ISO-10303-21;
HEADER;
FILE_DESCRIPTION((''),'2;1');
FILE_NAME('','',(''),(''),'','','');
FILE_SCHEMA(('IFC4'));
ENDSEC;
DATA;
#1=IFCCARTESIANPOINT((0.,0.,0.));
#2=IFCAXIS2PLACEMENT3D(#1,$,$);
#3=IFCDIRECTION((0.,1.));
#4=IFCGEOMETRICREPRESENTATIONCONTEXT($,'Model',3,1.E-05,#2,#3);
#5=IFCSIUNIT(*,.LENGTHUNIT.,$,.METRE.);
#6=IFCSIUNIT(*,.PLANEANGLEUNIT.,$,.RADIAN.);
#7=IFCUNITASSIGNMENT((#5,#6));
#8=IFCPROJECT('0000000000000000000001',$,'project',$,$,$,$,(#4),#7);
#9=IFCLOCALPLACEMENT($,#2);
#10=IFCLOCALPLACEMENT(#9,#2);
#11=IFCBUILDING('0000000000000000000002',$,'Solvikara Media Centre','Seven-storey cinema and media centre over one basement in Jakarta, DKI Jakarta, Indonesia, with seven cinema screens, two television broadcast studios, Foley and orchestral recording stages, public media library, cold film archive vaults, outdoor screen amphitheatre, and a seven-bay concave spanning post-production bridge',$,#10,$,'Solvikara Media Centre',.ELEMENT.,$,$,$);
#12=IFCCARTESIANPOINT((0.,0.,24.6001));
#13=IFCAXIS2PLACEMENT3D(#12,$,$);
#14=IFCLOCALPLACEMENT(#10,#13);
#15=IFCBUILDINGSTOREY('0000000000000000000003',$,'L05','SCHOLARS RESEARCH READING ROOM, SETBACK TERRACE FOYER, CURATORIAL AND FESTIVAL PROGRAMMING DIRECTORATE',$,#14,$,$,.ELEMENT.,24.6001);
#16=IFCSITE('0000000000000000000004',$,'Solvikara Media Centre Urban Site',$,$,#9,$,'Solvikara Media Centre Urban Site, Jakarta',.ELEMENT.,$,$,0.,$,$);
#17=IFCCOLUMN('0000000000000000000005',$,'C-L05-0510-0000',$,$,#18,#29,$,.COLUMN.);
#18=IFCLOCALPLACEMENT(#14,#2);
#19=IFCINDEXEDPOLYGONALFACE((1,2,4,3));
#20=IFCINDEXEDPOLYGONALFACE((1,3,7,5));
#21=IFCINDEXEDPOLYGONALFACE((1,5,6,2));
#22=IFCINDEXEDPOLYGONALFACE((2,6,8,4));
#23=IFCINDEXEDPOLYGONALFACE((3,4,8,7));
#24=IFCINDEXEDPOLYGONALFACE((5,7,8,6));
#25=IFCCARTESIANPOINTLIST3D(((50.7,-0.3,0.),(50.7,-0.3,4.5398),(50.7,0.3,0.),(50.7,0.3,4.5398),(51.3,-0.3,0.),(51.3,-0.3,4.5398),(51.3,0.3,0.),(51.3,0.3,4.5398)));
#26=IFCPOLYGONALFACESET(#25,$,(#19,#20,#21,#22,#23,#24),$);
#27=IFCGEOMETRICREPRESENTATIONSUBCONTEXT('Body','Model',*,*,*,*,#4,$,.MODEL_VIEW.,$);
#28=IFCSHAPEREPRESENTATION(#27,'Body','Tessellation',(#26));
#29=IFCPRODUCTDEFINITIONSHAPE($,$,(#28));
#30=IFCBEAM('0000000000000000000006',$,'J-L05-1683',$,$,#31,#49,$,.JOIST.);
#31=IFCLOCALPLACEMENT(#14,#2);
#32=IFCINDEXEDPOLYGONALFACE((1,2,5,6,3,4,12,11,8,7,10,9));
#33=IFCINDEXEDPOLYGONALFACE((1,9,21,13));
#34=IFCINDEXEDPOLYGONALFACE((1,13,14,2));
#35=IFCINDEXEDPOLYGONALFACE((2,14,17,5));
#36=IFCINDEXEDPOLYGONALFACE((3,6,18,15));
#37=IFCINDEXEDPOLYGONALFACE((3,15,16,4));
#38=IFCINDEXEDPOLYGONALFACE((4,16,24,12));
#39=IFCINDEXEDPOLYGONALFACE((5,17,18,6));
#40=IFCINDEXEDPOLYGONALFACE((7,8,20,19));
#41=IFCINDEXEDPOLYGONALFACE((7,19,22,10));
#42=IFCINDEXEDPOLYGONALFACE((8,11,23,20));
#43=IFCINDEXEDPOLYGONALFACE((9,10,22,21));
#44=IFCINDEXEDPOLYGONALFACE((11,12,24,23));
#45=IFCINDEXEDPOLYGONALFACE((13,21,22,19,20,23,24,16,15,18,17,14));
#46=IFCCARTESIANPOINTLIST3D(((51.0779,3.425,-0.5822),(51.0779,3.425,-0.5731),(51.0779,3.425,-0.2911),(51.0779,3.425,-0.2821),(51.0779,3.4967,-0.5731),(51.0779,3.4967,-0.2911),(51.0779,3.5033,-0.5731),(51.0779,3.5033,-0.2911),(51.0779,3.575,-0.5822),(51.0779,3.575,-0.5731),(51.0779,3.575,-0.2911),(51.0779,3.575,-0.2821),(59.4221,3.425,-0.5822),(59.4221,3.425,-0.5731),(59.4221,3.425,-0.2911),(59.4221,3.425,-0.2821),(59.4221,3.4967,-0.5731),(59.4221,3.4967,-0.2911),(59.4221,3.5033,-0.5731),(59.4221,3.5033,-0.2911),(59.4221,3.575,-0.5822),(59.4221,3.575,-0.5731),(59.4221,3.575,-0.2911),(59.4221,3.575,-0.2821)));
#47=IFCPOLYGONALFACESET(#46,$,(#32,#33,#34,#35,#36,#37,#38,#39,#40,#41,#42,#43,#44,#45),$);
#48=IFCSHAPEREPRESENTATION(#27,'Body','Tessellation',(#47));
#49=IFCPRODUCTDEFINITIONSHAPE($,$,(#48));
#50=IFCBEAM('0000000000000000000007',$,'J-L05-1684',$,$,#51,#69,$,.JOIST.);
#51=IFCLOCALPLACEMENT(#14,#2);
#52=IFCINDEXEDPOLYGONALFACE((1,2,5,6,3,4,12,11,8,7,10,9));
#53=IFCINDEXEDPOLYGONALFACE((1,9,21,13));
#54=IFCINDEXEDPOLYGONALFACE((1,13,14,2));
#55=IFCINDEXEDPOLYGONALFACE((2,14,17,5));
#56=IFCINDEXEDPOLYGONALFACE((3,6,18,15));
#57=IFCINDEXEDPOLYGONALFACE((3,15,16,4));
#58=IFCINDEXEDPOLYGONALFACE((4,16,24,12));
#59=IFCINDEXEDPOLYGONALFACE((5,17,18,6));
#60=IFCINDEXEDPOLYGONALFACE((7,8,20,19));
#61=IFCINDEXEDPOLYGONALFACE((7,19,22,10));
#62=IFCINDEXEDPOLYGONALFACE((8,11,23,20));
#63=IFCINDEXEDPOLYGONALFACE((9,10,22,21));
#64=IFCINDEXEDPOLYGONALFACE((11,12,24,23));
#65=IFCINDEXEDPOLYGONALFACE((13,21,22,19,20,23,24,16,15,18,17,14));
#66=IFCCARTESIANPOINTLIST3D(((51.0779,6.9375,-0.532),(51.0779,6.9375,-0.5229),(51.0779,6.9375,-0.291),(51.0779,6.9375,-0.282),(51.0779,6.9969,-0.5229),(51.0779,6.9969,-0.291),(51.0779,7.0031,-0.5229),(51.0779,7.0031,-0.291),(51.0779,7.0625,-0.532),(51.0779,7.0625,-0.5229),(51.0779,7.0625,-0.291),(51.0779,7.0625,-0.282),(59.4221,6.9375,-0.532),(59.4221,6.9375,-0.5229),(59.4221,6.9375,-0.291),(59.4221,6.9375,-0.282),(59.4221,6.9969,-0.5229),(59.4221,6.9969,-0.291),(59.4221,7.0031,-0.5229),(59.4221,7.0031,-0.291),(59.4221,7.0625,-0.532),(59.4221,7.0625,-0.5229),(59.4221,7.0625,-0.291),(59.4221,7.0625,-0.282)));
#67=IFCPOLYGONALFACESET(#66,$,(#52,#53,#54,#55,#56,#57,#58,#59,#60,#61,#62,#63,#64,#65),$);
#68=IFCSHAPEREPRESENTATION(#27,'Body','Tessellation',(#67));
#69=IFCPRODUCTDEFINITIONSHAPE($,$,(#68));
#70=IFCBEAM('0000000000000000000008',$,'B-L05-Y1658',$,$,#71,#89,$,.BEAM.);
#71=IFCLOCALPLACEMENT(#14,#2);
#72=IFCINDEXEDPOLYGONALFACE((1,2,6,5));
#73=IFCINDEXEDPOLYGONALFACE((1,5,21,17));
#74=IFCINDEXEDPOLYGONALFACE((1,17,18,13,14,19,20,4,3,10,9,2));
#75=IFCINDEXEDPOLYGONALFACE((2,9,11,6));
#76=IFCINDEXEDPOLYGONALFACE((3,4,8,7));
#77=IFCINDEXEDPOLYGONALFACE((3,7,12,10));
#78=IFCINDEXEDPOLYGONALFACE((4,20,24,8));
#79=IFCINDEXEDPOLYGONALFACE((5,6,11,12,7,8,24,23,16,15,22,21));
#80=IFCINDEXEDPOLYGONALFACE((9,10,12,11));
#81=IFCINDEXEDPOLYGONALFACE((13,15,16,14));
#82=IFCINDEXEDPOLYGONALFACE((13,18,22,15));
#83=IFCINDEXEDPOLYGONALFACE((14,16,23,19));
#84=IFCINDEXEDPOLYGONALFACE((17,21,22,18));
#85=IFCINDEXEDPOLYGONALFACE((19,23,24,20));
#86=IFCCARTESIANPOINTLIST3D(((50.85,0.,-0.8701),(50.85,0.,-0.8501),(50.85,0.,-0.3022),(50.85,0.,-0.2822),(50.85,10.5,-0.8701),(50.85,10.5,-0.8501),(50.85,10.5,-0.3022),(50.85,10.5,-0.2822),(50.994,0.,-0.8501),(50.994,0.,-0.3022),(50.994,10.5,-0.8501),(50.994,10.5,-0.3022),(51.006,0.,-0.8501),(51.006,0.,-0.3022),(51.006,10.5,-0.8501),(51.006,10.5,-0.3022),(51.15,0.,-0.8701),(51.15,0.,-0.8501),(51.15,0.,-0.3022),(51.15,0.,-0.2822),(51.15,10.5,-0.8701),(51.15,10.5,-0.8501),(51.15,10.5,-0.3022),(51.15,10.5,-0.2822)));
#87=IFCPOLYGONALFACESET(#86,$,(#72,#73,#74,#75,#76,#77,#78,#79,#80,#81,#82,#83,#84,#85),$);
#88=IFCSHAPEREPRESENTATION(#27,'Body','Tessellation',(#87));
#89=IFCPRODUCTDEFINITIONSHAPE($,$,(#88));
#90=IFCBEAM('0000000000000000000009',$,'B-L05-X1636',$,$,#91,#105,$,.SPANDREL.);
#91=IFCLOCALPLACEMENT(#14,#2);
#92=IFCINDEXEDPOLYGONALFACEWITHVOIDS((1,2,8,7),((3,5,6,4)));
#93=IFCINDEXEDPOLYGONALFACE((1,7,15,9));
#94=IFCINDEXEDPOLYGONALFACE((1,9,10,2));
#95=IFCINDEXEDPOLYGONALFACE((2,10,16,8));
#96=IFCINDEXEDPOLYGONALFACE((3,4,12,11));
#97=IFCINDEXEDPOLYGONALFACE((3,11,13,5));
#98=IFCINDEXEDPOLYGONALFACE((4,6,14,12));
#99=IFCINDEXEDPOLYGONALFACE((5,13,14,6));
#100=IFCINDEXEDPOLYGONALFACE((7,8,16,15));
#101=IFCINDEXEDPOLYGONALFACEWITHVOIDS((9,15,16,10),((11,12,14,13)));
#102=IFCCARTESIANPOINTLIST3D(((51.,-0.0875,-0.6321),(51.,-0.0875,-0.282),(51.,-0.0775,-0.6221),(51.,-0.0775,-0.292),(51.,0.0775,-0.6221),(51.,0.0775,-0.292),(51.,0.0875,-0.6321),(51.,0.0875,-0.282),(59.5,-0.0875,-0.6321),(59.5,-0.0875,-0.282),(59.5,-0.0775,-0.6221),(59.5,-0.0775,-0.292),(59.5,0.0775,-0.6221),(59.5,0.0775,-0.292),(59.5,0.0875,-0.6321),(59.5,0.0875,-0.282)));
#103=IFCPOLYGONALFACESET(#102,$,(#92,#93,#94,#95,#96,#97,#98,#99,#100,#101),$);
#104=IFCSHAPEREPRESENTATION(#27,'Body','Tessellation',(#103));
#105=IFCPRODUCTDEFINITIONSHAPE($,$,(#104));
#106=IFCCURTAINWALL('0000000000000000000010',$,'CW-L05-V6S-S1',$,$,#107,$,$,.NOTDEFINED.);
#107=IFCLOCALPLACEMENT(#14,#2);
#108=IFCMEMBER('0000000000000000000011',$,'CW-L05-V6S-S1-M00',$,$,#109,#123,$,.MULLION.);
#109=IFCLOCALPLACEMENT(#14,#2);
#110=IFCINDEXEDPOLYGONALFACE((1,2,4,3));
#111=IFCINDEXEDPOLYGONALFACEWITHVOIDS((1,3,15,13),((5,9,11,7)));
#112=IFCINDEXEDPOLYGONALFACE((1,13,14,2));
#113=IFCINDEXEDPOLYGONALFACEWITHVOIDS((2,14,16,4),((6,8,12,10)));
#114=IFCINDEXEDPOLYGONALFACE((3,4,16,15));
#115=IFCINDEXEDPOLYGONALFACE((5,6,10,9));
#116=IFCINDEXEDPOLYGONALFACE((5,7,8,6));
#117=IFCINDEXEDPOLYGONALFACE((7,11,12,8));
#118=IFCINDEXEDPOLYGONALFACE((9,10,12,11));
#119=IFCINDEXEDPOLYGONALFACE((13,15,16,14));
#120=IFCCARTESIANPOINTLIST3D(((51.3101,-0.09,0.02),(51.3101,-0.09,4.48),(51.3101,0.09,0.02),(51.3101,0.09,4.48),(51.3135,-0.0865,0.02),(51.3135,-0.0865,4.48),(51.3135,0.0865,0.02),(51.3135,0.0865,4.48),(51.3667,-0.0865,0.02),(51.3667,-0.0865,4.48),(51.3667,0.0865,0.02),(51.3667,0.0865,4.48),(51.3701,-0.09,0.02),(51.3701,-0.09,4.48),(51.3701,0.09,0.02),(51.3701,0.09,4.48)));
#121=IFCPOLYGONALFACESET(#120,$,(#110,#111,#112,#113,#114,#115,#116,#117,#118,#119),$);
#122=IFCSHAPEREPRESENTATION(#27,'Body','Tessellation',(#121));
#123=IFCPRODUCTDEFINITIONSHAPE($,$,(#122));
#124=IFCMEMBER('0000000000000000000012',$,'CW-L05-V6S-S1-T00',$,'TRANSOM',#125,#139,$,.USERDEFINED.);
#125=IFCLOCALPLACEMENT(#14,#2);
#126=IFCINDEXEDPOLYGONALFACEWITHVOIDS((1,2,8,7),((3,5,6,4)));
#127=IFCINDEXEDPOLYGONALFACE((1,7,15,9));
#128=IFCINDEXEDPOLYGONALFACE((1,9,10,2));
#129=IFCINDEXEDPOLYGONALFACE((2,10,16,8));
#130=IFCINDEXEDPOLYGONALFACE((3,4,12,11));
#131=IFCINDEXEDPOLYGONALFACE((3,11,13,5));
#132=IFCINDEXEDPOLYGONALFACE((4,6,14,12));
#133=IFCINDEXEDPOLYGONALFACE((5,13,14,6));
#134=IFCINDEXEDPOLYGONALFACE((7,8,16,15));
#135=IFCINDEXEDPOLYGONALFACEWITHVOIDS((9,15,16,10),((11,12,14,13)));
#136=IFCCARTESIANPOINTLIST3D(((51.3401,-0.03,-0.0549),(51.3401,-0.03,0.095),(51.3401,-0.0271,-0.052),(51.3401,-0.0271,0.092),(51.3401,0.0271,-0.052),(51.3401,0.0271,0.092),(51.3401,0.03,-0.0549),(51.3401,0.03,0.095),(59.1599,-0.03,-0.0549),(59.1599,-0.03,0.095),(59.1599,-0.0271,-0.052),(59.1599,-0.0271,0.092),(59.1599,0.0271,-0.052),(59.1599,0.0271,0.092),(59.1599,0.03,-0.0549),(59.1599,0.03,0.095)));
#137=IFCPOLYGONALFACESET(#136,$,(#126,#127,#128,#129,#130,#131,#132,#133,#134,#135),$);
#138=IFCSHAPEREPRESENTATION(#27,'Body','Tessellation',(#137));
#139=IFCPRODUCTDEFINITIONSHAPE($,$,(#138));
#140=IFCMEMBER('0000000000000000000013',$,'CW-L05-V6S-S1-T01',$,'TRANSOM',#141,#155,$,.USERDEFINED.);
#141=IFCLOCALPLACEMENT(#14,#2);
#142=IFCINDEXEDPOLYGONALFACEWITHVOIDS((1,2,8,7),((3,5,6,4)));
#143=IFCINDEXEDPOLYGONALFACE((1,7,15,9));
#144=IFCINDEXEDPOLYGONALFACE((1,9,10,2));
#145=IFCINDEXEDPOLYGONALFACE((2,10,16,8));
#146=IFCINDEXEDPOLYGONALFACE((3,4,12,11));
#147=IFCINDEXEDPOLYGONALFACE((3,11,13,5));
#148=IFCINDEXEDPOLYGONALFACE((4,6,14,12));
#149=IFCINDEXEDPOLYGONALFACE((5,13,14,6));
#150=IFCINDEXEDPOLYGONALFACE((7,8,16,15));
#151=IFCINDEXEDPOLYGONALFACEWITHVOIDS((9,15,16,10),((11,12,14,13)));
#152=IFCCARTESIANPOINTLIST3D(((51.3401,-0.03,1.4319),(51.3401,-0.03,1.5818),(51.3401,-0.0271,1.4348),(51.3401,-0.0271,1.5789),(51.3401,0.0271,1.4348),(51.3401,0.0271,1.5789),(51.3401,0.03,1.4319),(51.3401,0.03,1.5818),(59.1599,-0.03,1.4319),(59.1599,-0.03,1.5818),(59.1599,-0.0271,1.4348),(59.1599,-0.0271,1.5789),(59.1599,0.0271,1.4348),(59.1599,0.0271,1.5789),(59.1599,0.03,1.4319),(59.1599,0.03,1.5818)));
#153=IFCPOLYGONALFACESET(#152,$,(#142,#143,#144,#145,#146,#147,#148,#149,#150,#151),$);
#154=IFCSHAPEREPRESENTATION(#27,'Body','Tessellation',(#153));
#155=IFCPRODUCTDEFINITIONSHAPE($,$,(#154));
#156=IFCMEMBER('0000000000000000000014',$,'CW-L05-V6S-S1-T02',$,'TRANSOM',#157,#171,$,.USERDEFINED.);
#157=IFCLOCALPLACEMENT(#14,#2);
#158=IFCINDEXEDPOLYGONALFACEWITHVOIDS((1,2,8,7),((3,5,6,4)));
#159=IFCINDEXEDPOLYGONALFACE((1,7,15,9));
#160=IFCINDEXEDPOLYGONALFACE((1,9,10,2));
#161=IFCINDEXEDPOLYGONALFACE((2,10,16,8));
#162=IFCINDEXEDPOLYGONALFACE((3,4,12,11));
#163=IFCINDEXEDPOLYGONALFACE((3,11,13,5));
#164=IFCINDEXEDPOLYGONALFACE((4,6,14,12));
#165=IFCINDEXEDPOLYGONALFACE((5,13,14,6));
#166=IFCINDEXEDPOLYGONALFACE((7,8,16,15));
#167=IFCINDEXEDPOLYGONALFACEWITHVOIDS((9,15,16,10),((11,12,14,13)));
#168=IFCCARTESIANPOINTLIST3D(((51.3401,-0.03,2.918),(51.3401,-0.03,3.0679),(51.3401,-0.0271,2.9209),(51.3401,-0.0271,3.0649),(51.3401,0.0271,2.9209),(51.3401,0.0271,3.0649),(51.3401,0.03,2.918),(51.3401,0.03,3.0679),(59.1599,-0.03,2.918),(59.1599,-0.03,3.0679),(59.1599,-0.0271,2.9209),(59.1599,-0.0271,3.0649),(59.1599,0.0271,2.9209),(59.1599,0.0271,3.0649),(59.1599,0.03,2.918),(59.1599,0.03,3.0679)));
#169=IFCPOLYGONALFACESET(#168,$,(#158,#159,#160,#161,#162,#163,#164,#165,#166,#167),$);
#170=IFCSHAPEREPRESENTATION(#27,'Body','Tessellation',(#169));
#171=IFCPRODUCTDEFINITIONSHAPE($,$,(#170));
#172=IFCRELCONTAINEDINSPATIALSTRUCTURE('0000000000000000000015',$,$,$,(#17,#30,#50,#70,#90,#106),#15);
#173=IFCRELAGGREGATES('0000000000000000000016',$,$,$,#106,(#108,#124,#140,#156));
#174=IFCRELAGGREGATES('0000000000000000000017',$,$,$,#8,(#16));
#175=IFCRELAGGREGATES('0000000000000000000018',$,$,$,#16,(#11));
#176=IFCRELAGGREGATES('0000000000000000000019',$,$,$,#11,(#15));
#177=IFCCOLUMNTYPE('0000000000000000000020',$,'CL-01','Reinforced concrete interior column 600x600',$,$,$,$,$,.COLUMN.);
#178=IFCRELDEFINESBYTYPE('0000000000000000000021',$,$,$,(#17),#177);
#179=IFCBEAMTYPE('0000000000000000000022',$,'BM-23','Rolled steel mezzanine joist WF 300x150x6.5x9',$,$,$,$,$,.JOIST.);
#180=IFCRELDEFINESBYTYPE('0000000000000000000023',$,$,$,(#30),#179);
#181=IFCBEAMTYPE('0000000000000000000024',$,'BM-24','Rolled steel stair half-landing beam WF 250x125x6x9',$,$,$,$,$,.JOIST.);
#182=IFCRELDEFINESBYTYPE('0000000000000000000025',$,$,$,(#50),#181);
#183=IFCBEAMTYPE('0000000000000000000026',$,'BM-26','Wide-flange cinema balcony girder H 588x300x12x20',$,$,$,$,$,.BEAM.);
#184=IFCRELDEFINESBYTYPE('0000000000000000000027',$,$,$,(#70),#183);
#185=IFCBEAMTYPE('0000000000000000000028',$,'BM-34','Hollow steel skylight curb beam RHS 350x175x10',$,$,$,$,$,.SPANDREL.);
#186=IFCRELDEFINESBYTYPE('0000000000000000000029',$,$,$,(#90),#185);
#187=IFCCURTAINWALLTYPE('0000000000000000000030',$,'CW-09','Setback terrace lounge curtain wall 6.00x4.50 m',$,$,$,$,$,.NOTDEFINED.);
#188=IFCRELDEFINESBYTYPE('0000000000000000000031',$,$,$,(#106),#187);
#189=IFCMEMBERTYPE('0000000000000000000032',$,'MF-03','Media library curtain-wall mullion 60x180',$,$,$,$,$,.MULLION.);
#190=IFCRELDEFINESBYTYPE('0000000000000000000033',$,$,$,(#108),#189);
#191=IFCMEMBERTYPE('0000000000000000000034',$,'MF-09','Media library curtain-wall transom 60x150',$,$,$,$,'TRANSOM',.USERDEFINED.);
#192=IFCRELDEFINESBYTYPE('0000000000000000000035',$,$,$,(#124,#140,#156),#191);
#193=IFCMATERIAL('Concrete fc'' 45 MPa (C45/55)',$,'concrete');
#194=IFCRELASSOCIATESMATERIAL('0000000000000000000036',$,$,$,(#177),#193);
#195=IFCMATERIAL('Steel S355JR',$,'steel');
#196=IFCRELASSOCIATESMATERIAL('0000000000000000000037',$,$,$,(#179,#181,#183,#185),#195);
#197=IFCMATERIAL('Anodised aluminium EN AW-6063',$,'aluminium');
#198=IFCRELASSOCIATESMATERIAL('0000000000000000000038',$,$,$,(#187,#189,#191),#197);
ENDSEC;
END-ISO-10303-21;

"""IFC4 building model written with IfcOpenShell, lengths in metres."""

from ifc_helpers import new_model, si_unit, direction, frame, origin, origin_2d, place, context, subcontext, project, spatial, rectangle, hollow_rectangle, i_section, extrude, material, material_profile, profile_set, type_object, element, aggregate, save


model = new_model("IFC4")

# Units and contexts
model_context = context("Model", 3, precision=1e-05, world=origin(), true_north=direction((0.0, 1.0)))
body_context = subcontext(model_context, "Body", "Model", "MODEL_VIEW")
ifc_project = project(units=[si_unit("LENGTHUNIT", "METRE"), si_unit("PLANEANGLEUNIT", "RADIAN")], contexts=[model_context])

# Site, building, storey
site_placement = place(None, origin())
site = spatial("IfcSite", under=ifc_project, at=site_placement, Name="Solvikara Media Centre Urban Site", LongName="Solvikara Media Centre Urban Site, Jakarta", CompositionType="ELEMENT", RefElevation=0.0)
building_placement = place(site_placement, origin())
building = spatial("IfcBuilding", under=site, at=building_placement, Name="Solvikara Media Centre", Description="Seven-storey cinema and media centre over one basement in Jakarta, DKI Jakarta, Indonesia, with seven cinema screens, two television broadcast studios, Foley and orchestral recording stages, public media library, cold film archive vaults, outdoor screen amphitheatre, and a seven-bay concave spanning post-production bridge", LongName="Solvikara Media Centre", CompositionType="ELEMENT")
storey_placement = place(building_placement, frame((0.0, 0.0, 24.6001)))
storey = spatial("IfcBuildingStorey", under=building, at=storey_placement, Name="L05", Description="SCHOLARS RESEARCH READING ROOM, SETBACK TERRACE FOYER, CURATORIAL AND FESTIVAL PROGRAMMING DIRECTORATE", CompositionType="ELEMENT", Elevation=24.6001)

# Column
ifc_material_1 = material(Name="Concrete fc' 45 MPa (C45/55)", Category="concrete")
ifc_material_profile_1 = material_profile(ifc_material_1, rectangle(XDim=0.6001, YDim=0.6001, at=origin_2d()), Name="RC 600x600")
ifc_profile_set_1 = profile_set([ifc_material_profile_1], Name="Concrete fc' 45 MPa (C45/55)")
column_type = type_object("IfcColumnType", Name="CL-01", Description="Reinforced concrete interior column 600x600", PredefinedType="COLUMN", material=ifc_profile_set_1)
column_placement = place(storey_placement, frame((51.0, 0.0, 0.0), z_axis=(0.0, 0.0, 1.0), x_axis=(1.0, 0.0, 0.0)))
element("IfcColumn", 1, at=column_placement, inside=storey, type_object=column_type, Name="C-L05-0510-0000", PredefinedType="COLUMN", context=body_context, shape_type="SweptSolid", body=[
    extrude(rectangle(XDim=0.6001, YDim=0.6001, at=origin_2d()), origin(), (0.0, 0.0, 1.0), 4.5398),
])

# Beams
ifc_material_2 = material(Name="Steel S355JR", Category="steel")
ifc_material_profile_2 = material_profile(ifc_material_2, i_section(OverallWidth=0.1499, OverallDepth=0.3, WebThickness=0.0066, FlangeThickness=0.009, at=origin_2d()), Name="WF 300x150x6.5x9")
ifc_profile_set_2 = profile_set([ifc_material_profile_2], Name="Steel S355JR")
beam_type_1 = type_object("IfcBeamType", Name="BM-23", Description="Rolled steel mezzanine joist WF 300x150x6.5x9", PredefinedType="JOIST", material=ifc_profile_set_2)
beam_1_placement = place(storey_placement, frame((51.0779, 3.5, -0.4321), z_axis=(1.0, 0.0, 0.0), x_axis=(0.0, 1.0, 0.0)))
element("IfcBeam", 2, at=beam_1_placement, inside=storey, type_object=beam_type_1, Name="J-L05-1683", PredefinedType="JOIST", context=body_context, shape_type="SweptSolid", body=[
    extrude(i_section(OverallWidth=0.1499, OverallDepth=0.3, WebThickness=0.0066, FlangeThickness=0.009, at=origin_2d()), origin(), (0.0, 0.0, 1.0), 8.3442),
])
ifc_material_profile_3 = material_profile(ifc_material_2, i_section(OverallWidth=0.125, OverallDepth=0.25, WebThickness=0.0061, FlangeThickness=0.009, at=origin_2d()), Name="WF 250x125x6x9")
ifc_profile_set_3 = profile_set([ifc_material_profile_3], Name="Steel S355JR")
beam_type_2 = type_object("IfcBeamType", Name="BM-24", Description="Rolled steel stair half-landing beam WF 250x125x6x9", PredefinedType="JOIST", material=ifc_profile_set_3)
beam_2_placement = place(storey_placement, frame((51.0779, 7.0, -0.407), z_axis=(1.0, 0.0, 0.0), x_axis=(0.0, 1.0, 0.0)))
element("IfcBeam", 3, at=beam_2_placement, inside=storey, type_object=beam_type_2, Name="J-L05-1684", PredefinedType="JOIST", context=body_context, shape_type="SweptSolid", body=[
    extrude(i_section(OverallWidth=0.125, OverallDepth=0.25, WebThickness=0.0061, FlangeThickness=0.009, at=origin_2d()), origin(), (0.0, 0.0, 1.0), 8.3442),
])
ifc_material_profile_4 = material_profile(ifc_material_2, i_section(OverallWidth=0.3, OverallDepth=0.5879, WebThickness=0.012, FlangeThickness=0.02, at=origin_2d()), Name="H 588x300x12x20")
ifc_profile_set_4 = profile_set([ifc_material_profile_4], Name="Steel S355JR")
beam_type_3 = type_object("IfcBeamType", Name="BM-26", Description="Wide-flange cinema balcony girder H 588x300x12x20", PredefinedType="BEAM", material=ifc_profile_set_4)
beam_3_placement = place(storey_placement, frame((51.0, 0.0, -0.5762), z_axis=(0.0, 1.0, 0.0), x_axis=(-1.0, 0.0, 0.0)))
element("IfcBeam", 4, at=beam_3_placement, inside=storey, type_object=beam_type_3, Name="B-L05-Y1658", PredefinedType="BEAM", context=body_context, shape_type="SweptSolid", body=[
    extrude(i_section(OverallWidth=0.3, OverallDepth=0.5879, WebThickness=0.012, FlangeThickness=0.02, at=origin_2d()), origin(), (0.0, 0.0, 1.0), 10.5),
])
ifc_material_profile_5 = material_profile(ifc_material_2, hollow_rectangle(XDim=0.175, YDim=0.3501, WallThickness=0.01, at=origin_2d()), Name="RHS 350x175x10")
ifc_profile_set_5 = profile_set([ifc_material_profile_5], Name="Steel S355JR")
beam_type_4 = type_object("IfcBeamType", Name="BM-34", Description="Hollow steel skylight curb beam RHS 350x175x10", PredefinedType="SPANDREL", material=ifc_profile_set_5)
beam_4_placement = place(storey_placement, frame((51.0, 0.0, -0.457), z_axis=(1.0, 0.0, 0.0), x_axis=(0.0, 1.0, 0.0)))
element("IfcBeam", 5, at=beam_4_placement, inside=storey, type_object=beam_type_4, Name="B-L05-X1636", PredefinedType="SPANDREL", context=body_context, shape_type="SweptSolid", body=[
    extrude(hollow_rectangle(XDim=0.175, YDim=0.3501, WallThickness=0.01, at=origin_2d()), origin(), (0.0, 0.0, 1.0), 8.5),
])

# Curtain wall, members
ifc_material_3 = material(Name="Anodised aluminium EN AW-6063", Category="aluminium")
curtain_wall_type = type_object("IfcCurtainWallType", Name="CW-09", Description="Setback terrace lounge curtain wall 6.00x4.50 m", PredefinedType="NOTDEFINED", material=ifc_material_3)
curtain_wall_placement = place(storey_placement, origin())
curtain_wall = element("IfcCurtainWall", 6, at=curtain_wall_placement, inside=storey, type_object=curtain_wall_type, Name="CW-L05-V6S-S1", PredefinedType="NOTDEFINED")
ifc_material_profile_6 = material_profile(ifc_material_3, hollow_rectangle(XDim=0.0601, YDim=0.1799, WallThickness=0.0034, at=origin_2d()), Name="ALU-M 60x180x3.5")
ifc_profile_set_6 = profile_set([ifc_material_profile_6], Name="Anodised aluminium EN AW-6063")
member_type_1 = type_object("IfcMemberType", Name="MF-03", Description="Media library curtain-wall mullion 60x180", PredefinedType="MULLION", material=ifc_profile_set_6)
member_1_placement = place(storey_placement, frame((51.3401, 0.0, 0.02), z_axis=(0.0, 0.0, 1.0), x_axis=(1.0, 0.0, 0.0)))
member_1 = element("IfcMember", 7, at=member_1_placement, type_object=member_type_1, Name="CW-L05-V6S-S1-M00", PredefinedType="MULLION", context=body_context, shape_type="SweptSolid", body=[
    extrude(hollow_rectangle(XDim=0.0601, YDim=0.1799, WallThickness=0.0034, at=origin_2d()), origin(), (0.0, 0.0, 1.0), 4.46),
])
ifc_material_profile_7 = material_profile(ifc_material_3, hollow_rectangle(XDim=0.0601, YDim=0.1499, WallThickness=0.0029, at=origin_2d()), Name="ALU-T 60x150x3")
ifc_profile_set_7 = profile_set([ifc_material_profile_7], Name="Anodised aluminium EN AW-6063")
member_type_2 = type_object("IfcMemberType", Name="MF-09", Description="Media library curtain-wall transom 60x150", ElementType="TRANSOM", PredefinedType="USERDEFINED", material=ifc_profile_set_7)
member_2_placement = place(storey_placement, frame((51.3401, 0.0, 0.02), z_axis=(1.0, 0.0, 0.0), x_axis=(0.0, 1.0, 0.0)))
member_2 = element("IfcMember", 8, at=member_2_placement, type_object=member_type_2, Name="CW-L05-V6S-S1-T00", ObjectType="TRANSOM", PredefinedType="USERDEFINED", context=body_context, shape_type="SweptSolid", body=[
    extrude(hollow_rectangle(XDim=0.0601, YDim=0.1499, WallThickness=0.0029, at=origin_2d()), origin(), (0.0, 0.0, 1.0), 7.8198),
])
member_3_placement = place(storey_placement, frame((51.3401, 0.0, 1.5068), z_axis=(1.0, 0.0, 0.0), x_axis=(0.0, 1.0, 0.0)))
member_3 = element("IfcMember", 9, at=member_3_placement, type_object=member_type_2, Name="CW-L05-V6S-S1-T01", ObjectType="TRANSOM", PredefinedType="USERDEFINED", context=body_context, shape_type="SweptSolid", body=[
    extrude(hollow_rectangle(XDim=0.0601, YDim=0.1499, WallThickness=0.0029, at=origin_2d()), origin(), (0.0, 0.0, 1.0), 7.8198),
])
member_4_placement = place(storey_placement, frame((51.3401, 0.0, 2.9929), z_axis=(1.0, 0.0, 0.0), x_axis=(0.0, 1.0, 0.0)))
member_4 = element("IfcMember", 10, at=member_4_placement, type_object=member_type_2, Name="CW-L05-V6S-S1-T02", ObjectType="TRANSOM", PredefinedType="USERDEFINED", context=body_context, shape_type="SweptSolid", body=[
    extrude(hollow_rectangle(XDim=0.0601, YDim=0.1499, WallThickness=0.0029, at=origin_2d()), origin(), (0.0, 0.0, 1.0), 7.8198),
])
aggregate(curtain_wall, [member_1, member_2, member_3, member_4])

save(model, "model.ifc")
